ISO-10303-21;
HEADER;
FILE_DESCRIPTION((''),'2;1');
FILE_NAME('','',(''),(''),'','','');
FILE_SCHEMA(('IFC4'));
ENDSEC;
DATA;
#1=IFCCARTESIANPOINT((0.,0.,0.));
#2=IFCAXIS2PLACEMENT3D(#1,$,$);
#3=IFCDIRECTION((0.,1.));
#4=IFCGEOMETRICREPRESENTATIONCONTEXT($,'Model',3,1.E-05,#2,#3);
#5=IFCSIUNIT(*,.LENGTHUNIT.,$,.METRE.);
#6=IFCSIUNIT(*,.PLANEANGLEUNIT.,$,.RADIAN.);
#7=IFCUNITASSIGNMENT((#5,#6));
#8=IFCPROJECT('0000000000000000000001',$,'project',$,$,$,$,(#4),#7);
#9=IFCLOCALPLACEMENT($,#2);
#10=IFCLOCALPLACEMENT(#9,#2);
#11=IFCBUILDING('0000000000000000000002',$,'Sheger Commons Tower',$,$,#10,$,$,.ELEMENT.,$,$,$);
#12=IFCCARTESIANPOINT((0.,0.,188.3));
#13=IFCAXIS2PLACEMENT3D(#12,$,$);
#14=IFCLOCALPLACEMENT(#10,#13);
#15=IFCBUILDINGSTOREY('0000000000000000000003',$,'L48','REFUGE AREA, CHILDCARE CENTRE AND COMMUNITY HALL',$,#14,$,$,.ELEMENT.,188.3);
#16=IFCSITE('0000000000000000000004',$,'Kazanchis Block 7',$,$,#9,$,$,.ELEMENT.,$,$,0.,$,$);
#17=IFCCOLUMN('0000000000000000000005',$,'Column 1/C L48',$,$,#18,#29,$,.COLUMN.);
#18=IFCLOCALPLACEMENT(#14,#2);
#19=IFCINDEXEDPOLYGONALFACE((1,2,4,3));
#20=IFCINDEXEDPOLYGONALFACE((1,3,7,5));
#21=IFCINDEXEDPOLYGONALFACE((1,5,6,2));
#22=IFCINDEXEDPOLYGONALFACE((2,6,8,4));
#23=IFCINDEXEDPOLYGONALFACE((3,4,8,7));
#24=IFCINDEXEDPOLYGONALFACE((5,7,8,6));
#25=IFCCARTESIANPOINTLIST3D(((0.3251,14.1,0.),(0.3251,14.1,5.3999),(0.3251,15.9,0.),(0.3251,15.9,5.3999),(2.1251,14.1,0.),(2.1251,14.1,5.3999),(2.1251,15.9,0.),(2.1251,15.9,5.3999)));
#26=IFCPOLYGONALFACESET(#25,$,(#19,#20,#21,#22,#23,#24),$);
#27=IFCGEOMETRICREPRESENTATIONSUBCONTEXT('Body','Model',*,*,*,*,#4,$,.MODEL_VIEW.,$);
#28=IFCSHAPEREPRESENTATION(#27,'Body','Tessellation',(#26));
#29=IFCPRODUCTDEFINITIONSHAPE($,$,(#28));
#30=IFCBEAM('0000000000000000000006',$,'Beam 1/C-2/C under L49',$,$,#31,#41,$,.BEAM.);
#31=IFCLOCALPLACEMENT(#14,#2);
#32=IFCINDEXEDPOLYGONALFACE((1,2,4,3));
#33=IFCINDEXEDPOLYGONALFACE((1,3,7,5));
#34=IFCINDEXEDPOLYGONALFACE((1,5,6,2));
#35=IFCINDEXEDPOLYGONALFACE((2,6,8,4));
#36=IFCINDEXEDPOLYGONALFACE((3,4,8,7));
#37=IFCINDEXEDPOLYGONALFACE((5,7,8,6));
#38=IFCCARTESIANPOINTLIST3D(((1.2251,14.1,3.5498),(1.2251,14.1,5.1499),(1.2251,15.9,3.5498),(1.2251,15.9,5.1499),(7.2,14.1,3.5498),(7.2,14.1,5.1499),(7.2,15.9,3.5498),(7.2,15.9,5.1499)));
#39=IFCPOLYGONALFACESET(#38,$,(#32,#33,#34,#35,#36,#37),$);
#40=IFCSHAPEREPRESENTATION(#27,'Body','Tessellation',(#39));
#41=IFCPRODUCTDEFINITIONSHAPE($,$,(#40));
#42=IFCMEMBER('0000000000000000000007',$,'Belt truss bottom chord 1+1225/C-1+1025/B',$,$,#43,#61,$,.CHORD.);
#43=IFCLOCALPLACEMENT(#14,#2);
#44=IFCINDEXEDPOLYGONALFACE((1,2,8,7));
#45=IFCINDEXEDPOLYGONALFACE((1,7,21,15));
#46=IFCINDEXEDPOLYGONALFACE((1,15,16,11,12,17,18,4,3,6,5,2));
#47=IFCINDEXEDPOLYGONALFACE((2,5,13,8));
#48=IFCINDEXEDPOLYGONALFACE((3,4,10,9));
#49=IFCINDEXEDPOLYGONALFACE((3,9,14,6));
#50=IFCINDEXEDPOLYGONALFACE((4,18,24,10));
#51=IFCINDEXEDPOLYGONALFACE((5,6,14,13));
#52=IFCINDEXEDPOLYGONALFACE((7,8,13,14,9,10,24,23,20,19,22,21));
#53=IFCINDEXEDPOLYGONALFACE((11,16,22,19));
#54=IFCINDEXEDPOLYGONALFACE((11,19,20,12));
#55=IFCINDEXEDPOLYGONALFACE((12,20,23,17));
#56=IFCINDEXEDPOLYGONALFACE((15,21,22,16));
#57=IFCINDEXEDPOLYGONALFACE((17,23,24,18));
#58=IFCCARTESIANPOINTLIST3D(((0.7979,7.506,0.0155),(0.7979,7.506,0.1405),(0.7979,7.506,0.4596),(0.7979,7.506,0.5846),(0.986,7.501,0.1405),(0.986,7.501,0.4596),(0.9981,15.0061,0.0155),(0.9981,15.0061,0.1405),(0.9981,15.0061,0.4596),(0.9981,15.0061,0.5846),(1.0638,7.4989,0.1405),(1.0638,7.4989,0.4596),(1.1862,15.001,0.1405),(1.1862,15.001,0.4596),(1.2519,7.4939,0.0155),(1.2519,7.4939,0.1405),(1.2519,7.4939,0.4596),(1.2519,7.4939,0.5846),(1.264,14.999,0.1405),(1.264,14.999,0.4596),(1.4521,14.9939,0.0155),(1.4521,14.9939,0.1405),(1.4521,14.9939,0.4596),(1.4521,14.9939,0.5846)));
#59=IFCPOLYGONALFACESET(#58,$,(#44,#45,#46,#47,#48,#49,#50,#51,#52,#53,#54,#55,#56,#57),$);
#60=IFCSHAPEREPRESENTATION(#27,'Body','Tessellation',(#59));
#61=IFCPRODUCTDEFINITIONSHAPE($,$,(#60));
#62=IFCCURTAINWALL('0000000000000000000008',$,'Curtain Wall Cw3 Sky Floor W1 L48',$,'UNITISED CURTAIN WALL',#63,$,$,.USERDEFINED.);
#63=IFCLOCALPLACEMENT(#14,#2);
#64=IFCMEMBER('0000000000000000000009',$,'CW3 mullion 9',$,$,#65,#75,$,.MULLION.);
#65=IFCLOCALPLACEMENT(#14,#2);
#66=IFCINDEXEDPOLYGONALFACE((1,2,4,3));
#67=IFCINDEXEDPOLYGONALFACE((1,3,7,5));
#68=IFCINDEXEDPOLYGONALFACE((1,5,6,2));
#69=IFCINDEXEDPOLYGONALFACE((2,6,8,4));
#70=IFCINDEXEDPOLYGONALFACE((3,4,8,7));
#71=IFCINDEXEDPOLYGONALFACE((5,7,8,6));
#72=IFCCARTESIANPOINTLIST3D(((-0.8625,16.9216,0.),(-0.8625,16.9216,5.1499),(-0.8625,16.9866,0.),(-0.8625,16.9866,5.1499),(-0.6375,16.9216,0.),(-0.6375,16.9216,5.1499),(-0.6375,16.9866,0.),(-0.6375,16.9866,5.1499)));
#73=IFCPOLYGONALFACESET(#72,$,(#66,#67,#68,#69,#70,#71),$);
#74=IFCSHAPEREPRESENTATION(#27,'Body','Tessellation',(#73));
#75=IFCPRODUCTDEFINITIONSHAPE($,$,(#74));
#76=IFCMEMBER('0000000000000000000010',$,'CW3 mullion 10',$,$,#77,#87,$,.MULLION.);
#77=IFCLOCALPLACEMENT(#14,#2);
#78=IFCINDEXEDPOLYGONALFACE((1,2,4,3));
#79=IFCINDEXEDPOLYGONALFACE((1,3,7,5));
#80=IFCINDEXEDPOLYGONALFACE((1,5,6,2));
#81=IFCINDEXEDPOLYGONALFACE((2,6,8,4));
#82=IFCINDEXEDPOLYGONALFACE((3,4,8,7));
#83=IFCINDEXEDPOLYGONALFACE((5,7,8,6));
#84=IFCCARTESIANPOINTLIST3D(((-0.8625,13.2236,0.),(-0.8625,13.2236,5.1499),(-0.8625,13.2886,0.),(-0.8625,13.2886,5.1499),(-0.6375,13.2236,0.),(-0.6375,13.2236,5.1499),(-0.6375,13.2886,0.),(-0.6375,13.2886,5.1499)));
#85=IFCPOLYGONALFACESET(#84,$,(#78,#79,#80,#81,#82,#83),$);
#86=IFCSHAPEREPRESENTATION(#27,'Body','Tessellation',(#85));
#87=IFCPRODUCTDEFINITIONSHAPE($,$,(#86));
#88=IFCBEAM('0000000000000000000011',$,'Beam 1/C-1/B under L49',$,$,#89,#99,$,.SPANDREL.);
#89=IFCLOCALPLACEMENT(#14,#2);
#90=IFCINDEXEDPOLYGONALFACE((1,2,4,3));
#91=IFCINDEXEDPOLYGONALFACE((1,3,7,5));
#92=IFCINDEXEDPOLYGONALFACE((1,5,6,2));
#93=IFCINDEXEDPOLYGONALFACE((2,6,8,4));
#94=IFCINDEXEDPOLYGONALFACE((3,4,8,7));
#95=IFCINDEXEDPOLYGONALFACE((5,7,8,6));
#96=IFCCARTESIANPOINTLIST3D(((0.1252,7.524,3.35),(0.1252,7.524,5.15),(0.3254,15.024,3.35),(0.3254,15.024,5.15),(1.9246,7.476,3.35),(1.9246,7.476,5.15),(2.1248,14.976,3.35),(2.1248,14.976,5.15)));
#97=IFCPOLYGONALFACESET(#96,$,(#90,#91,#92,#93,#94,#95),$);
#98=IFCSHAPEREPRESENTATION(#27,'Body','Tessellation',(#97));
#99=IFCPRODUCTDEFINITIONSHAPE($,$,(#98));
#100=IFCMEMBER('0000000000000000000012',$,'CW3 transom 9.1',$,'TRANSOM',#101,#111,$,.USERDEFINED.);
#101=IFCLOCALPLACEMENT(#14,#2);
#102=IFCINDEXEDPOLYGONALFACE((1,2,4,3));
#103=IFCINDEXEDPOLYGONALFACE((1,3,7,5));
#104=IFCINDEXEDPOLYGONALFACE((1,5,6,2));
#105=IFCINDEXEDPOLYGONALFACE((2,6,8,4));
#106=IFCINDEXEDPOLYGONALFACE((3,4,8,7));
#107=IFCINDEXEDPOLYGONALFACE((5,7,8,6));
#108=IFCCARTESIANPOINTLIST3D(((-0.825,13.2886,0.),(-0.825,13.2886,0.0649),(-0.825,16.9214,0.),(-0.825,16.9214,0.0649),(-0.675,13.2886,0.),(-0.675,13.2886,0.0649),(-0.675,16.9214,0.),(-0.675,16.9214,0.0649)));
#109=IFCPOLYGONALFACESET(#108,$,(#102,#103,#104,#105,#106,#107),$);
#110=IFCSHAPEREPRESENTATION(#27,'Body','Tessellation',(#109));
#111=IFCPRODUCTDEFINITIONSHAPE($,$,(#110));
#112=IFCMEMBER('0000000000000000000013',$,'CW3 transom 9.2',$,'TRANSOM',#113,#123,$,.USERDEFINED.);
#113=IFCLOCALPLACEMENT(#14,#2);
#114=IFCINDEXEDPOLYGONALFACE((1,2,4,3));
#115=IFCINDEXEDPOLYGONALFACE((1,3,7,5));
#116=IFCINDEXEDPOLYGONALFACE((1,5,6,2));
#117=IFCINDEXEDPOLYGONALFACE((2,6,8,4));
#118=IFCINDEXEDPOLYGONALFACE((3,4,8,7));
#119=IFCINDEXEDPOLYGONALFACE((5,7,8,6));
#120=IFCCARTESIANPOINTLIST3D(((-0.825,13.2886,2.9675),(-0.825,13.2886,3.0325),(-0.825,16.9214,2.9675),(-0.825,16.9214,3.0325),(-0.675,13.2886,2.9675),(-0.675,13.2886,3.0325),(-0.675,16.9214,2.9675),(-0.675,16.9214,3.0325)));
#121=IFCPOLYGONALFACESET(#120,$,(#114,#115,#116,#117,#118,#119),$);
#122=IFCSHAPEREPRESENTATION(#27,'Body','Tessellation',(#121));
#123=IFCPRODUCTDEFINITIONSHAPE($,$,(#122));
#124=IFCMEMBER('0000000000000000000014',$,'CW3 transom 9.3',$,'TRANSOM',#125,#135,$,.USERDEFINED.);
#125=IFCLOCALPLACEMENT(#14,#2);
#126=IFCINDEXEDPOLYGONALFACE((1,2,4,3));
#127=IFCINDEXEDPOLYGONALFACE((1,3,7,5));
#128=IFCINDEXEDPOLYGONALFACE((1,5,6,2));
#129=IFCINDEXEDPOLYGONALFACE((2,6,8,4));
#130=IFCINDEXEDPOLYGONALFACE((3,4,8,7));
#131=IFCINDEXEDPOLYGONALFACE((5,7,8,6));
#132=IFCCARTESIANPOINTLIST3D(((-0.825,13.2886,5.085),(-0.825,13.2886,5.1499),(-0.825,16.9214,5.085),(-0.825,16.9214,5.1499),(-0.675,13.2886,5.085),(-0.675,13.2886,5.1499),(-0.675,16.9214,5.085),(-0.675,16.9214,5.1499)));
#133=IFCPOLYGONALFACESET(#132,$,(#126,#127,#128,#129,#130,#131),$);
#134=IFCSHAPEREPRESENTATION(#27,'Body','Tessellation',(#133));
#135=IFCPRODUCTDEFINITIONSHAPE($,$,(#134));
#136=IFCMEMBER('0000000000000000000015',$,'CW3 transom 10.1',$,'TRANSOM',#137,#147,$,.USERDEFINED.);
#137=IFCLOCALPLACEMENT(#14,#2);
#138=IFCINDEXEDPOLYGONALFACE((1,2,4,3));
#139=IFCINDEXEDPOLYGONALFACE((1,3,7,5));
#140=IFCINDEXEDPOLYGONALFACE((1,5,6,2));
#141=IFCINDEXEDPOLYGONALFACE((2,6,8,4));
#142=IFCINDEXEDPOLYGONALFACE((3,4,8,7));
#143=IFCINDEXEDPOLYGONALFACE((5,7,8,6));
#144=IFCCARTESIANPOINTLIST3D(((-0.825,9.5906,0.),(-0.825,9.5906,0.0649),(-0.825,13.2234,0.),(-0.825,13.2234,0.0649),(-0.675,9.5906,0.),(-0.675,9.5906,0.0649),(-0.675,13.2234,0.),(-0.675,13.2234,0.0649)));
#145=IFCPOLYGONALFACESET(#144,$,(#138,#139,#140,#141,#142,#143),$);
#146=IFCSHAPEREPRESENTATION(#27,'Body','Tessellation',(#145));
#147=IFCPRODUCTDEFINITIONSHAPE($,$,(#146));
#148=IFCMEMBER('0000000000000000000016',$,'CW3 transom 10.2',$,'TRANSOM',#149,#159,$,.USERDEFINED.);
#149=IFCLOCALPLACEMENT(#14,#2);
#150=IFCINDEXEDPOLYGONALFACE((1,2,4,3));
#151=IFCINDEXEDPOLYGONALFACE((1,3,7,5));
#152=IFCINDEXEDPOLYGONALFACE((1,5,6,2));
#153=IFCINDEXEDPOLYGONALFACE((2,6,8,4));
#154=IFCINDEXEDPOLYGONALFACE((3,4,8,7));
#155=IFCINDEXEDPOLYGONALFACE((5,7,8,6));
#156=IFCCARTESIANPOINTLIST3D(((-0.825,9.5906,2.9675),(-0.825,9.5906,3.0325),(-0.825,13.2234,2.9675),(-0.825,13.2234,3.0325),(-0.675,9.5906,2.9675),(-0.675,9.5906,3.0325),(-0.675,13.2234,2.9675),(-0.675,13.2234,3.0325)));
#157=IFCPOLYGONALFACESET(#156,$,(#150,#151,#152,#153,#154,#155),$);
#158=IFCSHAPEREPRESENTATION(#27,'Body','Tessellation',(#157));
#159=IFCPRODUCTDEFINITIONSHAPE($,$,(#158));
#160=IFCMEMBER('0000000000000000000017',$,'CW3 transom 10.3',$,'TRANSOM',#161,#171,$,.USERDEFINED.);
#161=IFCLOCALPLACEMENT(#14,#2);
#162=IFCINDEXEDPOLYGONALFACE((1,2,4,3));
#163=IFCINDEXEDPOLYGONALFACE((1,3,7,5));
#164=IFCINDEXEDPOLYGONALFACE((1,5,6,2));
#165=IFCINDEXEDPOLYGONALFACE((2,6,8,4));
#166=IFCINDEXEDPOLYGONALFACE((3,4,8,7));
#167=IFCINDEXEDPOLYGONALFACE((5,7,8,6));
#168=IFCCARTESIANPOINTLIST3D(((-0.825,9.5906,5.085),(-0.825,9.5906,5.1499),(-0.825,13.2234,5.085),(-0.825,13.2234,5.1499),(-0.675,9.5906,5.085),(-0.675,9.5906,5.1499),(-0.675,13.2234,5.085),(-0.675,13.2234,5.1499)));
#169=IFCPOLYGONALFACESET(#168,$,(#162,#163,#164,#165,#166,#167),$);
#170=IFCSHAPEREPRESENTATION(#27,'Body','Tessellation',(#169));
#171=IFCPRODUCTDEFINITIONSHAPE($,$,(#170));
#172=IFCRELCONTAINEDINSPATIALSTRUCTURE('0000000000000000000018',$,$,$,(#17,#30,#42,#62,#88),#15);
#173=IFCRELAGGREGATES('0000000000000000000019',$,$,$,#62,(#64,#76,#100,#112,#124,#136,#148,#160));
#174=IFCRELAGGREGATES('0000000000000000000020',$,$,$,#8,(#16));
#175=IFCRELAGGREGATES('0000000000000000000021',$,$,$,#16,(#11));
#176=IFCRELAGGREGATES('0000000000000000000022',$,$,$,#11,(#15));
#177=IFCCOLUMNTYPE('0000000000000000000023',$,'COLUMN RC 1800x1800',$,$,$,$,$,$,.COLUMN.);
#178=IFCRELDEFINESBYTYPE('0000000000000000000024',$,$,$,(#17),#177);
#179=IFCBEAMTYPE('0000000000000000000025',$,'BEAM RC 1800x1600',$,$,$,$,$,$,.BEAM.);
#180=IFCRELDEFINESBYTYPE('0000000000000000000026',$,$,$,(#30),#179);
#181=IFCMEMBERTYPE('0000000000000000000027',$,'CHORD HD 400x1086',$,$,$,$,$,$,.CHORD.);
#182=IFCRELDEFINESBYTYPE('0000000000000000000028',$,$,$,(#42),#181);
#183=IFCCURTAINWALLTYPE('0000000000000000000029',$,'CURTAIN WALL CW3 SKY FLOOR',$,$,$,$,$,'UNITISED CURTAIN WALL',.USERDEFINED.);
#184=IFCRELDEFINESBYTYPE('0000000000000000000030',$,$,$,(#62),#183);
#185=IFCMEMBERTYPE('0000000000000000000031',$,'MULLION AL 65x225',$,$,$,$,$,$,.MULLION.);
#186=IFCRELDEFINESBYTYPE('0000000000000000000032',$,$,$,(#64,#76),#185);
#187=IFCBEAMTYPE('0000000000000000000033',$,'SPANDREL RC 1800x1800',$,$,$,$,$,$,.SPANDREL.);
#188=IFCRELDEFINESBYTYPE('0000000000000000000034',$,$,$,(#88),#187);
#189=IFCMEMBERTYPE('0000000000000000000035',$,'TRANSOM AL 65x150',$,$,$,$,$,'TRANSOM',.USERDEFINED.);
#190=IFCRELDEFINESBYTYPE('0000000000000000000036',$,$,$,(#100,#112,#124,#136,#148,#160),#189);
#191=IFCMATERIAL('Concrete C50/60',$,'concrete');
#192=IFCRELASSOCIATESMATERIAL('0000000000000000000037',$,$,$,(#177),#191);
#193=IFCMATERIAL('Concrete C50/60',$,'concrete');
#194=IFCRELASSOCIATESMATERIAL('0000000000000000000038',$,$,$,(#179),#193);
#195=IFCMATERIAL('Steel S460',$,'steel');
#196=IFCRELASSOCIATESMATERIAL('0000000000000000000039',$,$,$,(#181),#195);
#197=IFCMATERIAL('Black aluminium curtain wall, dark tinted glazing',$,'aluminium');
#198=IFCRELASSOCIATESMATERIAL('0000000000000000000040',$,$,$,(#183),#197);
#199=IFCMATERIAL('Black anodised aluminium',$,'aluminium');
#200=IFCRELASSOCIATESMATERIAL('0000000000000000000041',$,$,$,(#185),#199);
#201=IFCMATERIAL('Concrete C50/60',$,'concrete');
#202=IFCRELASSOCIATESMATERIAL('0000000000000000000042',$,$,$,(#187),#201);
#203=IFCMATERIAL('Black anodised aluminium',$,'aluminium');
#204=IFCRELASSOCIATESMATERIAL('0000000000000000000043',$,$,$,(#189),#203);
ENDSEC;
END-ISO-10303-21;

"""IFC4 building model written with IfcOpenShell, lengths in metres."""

from ifc_helpers import new_model, si_unit, direction, frame, origin, origin_2d, place, context, subcontext, project, spatial, rectangle, i_section, extrude, material, material_profile, profile_set, type_object, element, aggregate, save


model = new_model("IFC4")

# Units and contexts
model_context = context("Model", 3, precision=1e-05, world=origin(), true_north=direction((0.0, 1.0)))
body_context = subcontext(model_context, "Body", "Model", "MODEL_VIEW")
ifc_project = project(units=[si_unit("LENGTHUNIT", "METRE"), si_unit("PLANEANGLEUNIT", "RADIAN")], contexts=[model_context])

# Site, building, storey
site_placement = place(None, origin())
site = spatial("IfcSite", under=ifc_project, at=site_placement, Name="Kazanchis Block 7", CompositionType="ELEMENT", RefElevation=0.0)
building_placement = place(site_placement, origin())
building = spatial("IfcBuilding", under=site, at=building_placement, Name="Sheger Commons Tower", CompositionType="ELEMENT")
storey_placement = place(building_placement, frame((0.0, 0.0, 188.3)))
storey = spatial("IfcBuildingStorey", under=building, at=storey_placement, Name="L48", Description="REFUGE AREA, CHILDCARE CENTRE AND COMMUNITY HALL", CompositionType="ELEMENT", Elevation=188.3)

# Column
ifc_material_1 = material(Name="Concrete C50/60", Category="concrete")
ifc_material_profile_1 = material_profile(ifc_material_1, rectangle(XDim=1.8, YDim=1.8, at=origin_2d()), Name="RC 1800x1800")
ifc_profile_set_1 = profile_set([ifc_material_profile_1], Name="Concrete C50/60")
column_type = type_object("IfcColumnType", Name="COLUMN RC 1800x1800", PredefinedType="COLUMN", material=ifc_profile_set_1)
column_placement = place(storey_placement, frame((1.2251, 15.0, 0.0), z_axis=(0.0, 0.0, 1.0), x_axis=(1.0, 0.0, 0.0)))
element("IfcColumn", 1, at=column_placement, inside=storey, type_object=column_type, Name="Column 1/C L48", PredefinedType="COLUMN", context=body_context, shape_type="SweptSolid", body=[
    extrude(rectangle(XDim=1.8, YDim=1.8, at=origin_2d()), origin(), (0.0, 0.0, 1.0), 5.3999),
])

# Beam
ifc_material_2 = material(Name="Concrete C50/60", Category="concrete")
ifc_material_profile_2 = material_profile(ifc_material_2, rectangle(XDim=1.8, YDim=1.6001, at=origin_2d()), Name="RC 1800x1600")
ifc_profile_set_2 = profile_set([ifc_material_profile_2], Name="Concrete C50/60")
beam_type_1 = type_object("IfcBeamType", Name="BEAM RC 1800x1600", PredefinedType="BEAM", material=ifc_profile_set_2)
beam_1_placement = place(storey_placement, frame((1.2251, 15.0, 4.3499), z_axis=(1.0, 0.0, 0.0), x_axis=(0.0, 1.0, 0.0)))
element("IfcBeam", 2, at=beam_1_placement, inside=storey, type_object=beam_type_1, Name="Beam 1/C-2/C under L49", PredefinedType="BEAM", context=body_context, shape_type="SweptSolid", body=[
    extrude(rectangle(XDim=1.8, YDim=1.6001, at=origin_2d()), origin(), (0.0, 0.0, 1.0), 5.9749),
])

# Member
ifc_material_3 = material(Name="Steel S460", Category="steel")
ifc_material_profile_3 = material_profile(ifc_material_3, i_section(OverallWidth=0.4541, OverallDepth=0.5691, WebThickness=0.0779, FlangeThickness=0.125, at=origin_2d()), Name="HD 400x1086")
ifc_profile_set_3 = profile_set([ifc_material_profile_3], Name="Steel S460")
member_type_1 = type_object("IfcMemberType", Name="CHORD HD 400x1086", PredefinedType="CHORD", material=ifc_profile_set_3)
member_1_placement = place(storey_placement, frame((1.2251, 15.0, 0.3), z_axis=(-0.026683, -0.999644, 0.0), x_axis=(0.999644, -0.026683, 0.0)))
element("IfcMember", 3, at=member_1_placement, inside=storey, type_object=member_type_1, Name="Belt truss bottom chord 1+1225/C-1+1025/B", PredefinedType="CHORD", context=body_context, shape_type="SweptSolid", body=[
    extrude(i_section(OverallWidth=0.4541, OverallDepth=0.5691, WebThickness=0.0779, FlangeThickness=0.125, at=origin_2d()), origin(), (0.0, 0.0, 1.0), 7.5027),
])

# Curtain wall, members
ifc_material_4 = material(Name="Black aluminium curtain wall, dark tinted glazing", Category="aluminium")
curtain_wall_type = type_object("IfcCurtainWallType", Name="CURTAIN WALL CW3 SKY FLOOR", ElementType="UNITISED CURTAIN WALL", PredefinedType="USERDEFINED", material=ifc_material_4)
curtain_wall_placement = place(storey_placement, origin())
curtain_wall = element("IfcCurtainWall", 4, at=curtain_wall_placement, inside=storey, type_object=curtain_wall_type, Name="Curtain Wall Cw3 Sky Floor W1 L48", ObjectType="UNITISED CURTAIN WALL", PredefinedType="USERDEFINED")
ifc_material_5 = material(Name="Black anodised aluminium", Category="aluminium")
ifc_material_profile_4 = material_profile(ifc_material_5, rectangle(XDim=0.2251, YDim=0.0649, at=origin_2d()), Name="AL 65x225")
ifc_profile_set_4 = profile_set([ifc_material_profile_4], Name="Black anodised aluminium")
member_type_2 = type_object("IfcMemberType", Name="MULLION AL 65x225", PredefinedType="MULLION", material=ifc_profile_set_4)
member_2_placement = place(storey_placement, frame((-0.75, 16.9541, 0.0), z_axis=(0.0, 0.0, 1.0), x_axis=(1.0, 0.0, 0.0)))
member_2 = element("IfcMember", 5, at=member_2_placement, type_object=member_type_2, Name="CW3 mullion 9", PredefinedType="MULLION", context=body_context, shape_type="SweptSolid", body=[
    extrude(rectangle(XDim=0.2251, YDim=0.0649, at=origin_2d()), origin(), (0.0, 0.0, 1.0), 5.1499),
])
member_3_placement = place(storey_placement, frame((-0.75, 13.2561, 0.0), z_axis=(0.0, 0.0, 1.0), x_axis=(1.0, 0.0, 0.0)))
member_3 = element("IfcMember", 6, at=member_3_placement, type_object=member_type_2, Name="CW3 mullion 10", PredefinedType="MULLION", context=body_context, shape_type="SweptSolid", body=[
    extrude(rectangle(XDim=0.2251, YDim=0.0649, at=origin_2d()), origin(), (0.0, 0.0, 1.0), 5.1499),
])

# Beam
ifc_material_6 = material(Name="Concrete C50/60", Category="concrete")
ifc_material_profile_5 = material_profile(ifc_material_6, rectangle(XDim=1.8, YDim=1.8, at=origin_2d()), Name="RC 1800x1800")
ifc_profile_set_5 = profile_set([ifc_material_profile_5], Name="Concrete C50/60")
beam_type_2 = type_object("IfcBeamType", Name="SPANDREL RC 1800x1800", PredefinedType="SPANDREL", material=ifc_profile_set_5)
beam_2_placement = place(storey_placement, frame((1.2251, 15.0, 4.25), z_axis=(-0.026683, -0.999644, 0.0), x_axis=(0.999644, -0.026683, 0.0)))
element("IfcBeam", 7, at=beam_2_placement, inside=storey, type_object=beam_type_2, Name="Beam 1/C-1/B under L49", PredefinedType="SPANDREL", context=body_context, shape_type="SweptSolid", body=[
    extrude(rectangle(XDim=1.8, YDim=1.8, at=origin_2d()), origin(), (0.0, 0.0, 1.0), 7.5027),
])

# Members
ifc_material_7 = material(Name="Black anodised aluminium", Category="aluminium")
ifc_material_profile_6 = material_profile(ifc_material_7, rectangle(XDim=0.1499, YDim=0.0649, at=origin_2d()), Name="AL 65x150")
ifc_profile_set_6 = profile_set([ifc_material_profile_6], Name="Black anodised aluminium")
member_type_3 = type_object("IfcMemberType", Name="TRANSOM AL 65x150", ElementType="TRANSOM", PredefinedType="USERDEFINED", material=ifc_profile_set_6)
member_4_placement = place(storey_placement, frame((-0.75, 16.9214, 0.0325), z_axis=(0.0, -1.0, 0.0), x_axis=(1.0, 0.0, 0.0)))
member_4 = element("IfcMember", 8, at=member_4_placement, type_object=member_type_3, Name="CW3 transom 9.1", ObjectType="TRANSOM", PredefinedType="USERDEFINED", context=body_context, shape_type="SweptSolid", body=[
    extrude(rectangle(XDim=0.1499, YDim=0.0649, at=origin_2d()), origin(), (0.0, 0.0, 1.0), 3.6328),
])
member_5_placement = place(storey_placement, frame((-0.75, 16.9214, 3.0), z_axis=(0.0, -1.0, 0.0), x_axis=(1.0, 0.0, 0.0)))
member_5 = element("IfcMember", 9, at=member_5_placement, type_object=member_type_3, Name="CW3 transom 9.2", ObjectType="TRANSOM", PredefinedType="USERDEFINED", context=body_context, shape_type="SweptSolid", body=[
    extrude(rectangle(XDim=0.1499, YDim=0.0649, at=origin_2d()), origin(), (0.0, 0.0, 1.0), 3.6328),
])
member_6_placement = place(storey_placement, frame((-0.75, 16.9214, 5.1174), z_axis=(0.0, -1.0, 0.0), x_axis=(1.0, 0.0, 0.0)))
member_6 = element("IfcMember", 10, at=member_6_placement, type_object=member_type_3, Name="CW3 transom 9.3", ObjectType="TRANSOM", PredefinedType="USERDEFINED", context=body_context, shape_type="SweptSolid", body=[
    extrude(rectangle(XDim=0.1499, YDim=0.0649, at=origin_2d()), origin(), (0.0, 0.0, 1.0), 3.6328),
])
member_7_placement = place(storey_placement, frame((-0.75, 13.2234, 0.0325), z_axis=(0.0, -1.0, 0.0), x_axis=(1.0, 0.0, 0.0)))
member_7 = element("IfcMember", 11, at=member_7_placement, type_object=member_type_3, Name="CW3 transom 10.1", ObjectType="TRANSOM", PredefinedType="USERDEFINED", context=body_context, shape_type="SweptSolid", body=[
    extrude(rectangle(XDim=0.1499, YDim=0.0649, at=origin_2d()), origin(), (0.0, 0.0, 1.0), 3.6328),
])
member_8_placement = place(storey_placement, frame((-0.75, 13.2234, 3.0), z_axis=(0.0, -1.0, 0.0), x_axis=(1.0, 0.0, 0.0)))
member_8 = element("IfcMember", 12, at=member_8_placement, type_object=member_type_3, Name="CW3 transom 10.2", ObjectType="TRANSOM", PredefinedType="USERDEFINED", context=body_context, shape_type="SweptSolid", body=[
    extrude(rectangle(XDim=0.1499, YDim=0.0649, at=origin_2d()), origin(), (0.0, 0.0, 1.0), 3.6328),
])
member_9_placement = place(storey_placement, frame((-0.75, 13.2234, 5.1174), z_axis=(0.0, -1.0, 0.0), x_axis=(1.0, 0.0, 0.0)))
member_9 = element("IfcMember", 13, at=member_9_placement, type_object=member_type_3, Name="CW3 transom 10.3", ObjectType="TRANSOM", PredefinedType="USERDEFINED", context=body_context, shape_type="SweptSolid", body=[
    extrude(rectangle(XDim=0.1499, YDim=0.0649, at=origin_2d()), origin(), (0.0, 0.0, 1.0), 3.6328),
])

aggregate(curtain_wall, [member_2, member_3, member_4, member_5, member_6, member_7, member_8, member_9])

save(model, "model.ifc")
